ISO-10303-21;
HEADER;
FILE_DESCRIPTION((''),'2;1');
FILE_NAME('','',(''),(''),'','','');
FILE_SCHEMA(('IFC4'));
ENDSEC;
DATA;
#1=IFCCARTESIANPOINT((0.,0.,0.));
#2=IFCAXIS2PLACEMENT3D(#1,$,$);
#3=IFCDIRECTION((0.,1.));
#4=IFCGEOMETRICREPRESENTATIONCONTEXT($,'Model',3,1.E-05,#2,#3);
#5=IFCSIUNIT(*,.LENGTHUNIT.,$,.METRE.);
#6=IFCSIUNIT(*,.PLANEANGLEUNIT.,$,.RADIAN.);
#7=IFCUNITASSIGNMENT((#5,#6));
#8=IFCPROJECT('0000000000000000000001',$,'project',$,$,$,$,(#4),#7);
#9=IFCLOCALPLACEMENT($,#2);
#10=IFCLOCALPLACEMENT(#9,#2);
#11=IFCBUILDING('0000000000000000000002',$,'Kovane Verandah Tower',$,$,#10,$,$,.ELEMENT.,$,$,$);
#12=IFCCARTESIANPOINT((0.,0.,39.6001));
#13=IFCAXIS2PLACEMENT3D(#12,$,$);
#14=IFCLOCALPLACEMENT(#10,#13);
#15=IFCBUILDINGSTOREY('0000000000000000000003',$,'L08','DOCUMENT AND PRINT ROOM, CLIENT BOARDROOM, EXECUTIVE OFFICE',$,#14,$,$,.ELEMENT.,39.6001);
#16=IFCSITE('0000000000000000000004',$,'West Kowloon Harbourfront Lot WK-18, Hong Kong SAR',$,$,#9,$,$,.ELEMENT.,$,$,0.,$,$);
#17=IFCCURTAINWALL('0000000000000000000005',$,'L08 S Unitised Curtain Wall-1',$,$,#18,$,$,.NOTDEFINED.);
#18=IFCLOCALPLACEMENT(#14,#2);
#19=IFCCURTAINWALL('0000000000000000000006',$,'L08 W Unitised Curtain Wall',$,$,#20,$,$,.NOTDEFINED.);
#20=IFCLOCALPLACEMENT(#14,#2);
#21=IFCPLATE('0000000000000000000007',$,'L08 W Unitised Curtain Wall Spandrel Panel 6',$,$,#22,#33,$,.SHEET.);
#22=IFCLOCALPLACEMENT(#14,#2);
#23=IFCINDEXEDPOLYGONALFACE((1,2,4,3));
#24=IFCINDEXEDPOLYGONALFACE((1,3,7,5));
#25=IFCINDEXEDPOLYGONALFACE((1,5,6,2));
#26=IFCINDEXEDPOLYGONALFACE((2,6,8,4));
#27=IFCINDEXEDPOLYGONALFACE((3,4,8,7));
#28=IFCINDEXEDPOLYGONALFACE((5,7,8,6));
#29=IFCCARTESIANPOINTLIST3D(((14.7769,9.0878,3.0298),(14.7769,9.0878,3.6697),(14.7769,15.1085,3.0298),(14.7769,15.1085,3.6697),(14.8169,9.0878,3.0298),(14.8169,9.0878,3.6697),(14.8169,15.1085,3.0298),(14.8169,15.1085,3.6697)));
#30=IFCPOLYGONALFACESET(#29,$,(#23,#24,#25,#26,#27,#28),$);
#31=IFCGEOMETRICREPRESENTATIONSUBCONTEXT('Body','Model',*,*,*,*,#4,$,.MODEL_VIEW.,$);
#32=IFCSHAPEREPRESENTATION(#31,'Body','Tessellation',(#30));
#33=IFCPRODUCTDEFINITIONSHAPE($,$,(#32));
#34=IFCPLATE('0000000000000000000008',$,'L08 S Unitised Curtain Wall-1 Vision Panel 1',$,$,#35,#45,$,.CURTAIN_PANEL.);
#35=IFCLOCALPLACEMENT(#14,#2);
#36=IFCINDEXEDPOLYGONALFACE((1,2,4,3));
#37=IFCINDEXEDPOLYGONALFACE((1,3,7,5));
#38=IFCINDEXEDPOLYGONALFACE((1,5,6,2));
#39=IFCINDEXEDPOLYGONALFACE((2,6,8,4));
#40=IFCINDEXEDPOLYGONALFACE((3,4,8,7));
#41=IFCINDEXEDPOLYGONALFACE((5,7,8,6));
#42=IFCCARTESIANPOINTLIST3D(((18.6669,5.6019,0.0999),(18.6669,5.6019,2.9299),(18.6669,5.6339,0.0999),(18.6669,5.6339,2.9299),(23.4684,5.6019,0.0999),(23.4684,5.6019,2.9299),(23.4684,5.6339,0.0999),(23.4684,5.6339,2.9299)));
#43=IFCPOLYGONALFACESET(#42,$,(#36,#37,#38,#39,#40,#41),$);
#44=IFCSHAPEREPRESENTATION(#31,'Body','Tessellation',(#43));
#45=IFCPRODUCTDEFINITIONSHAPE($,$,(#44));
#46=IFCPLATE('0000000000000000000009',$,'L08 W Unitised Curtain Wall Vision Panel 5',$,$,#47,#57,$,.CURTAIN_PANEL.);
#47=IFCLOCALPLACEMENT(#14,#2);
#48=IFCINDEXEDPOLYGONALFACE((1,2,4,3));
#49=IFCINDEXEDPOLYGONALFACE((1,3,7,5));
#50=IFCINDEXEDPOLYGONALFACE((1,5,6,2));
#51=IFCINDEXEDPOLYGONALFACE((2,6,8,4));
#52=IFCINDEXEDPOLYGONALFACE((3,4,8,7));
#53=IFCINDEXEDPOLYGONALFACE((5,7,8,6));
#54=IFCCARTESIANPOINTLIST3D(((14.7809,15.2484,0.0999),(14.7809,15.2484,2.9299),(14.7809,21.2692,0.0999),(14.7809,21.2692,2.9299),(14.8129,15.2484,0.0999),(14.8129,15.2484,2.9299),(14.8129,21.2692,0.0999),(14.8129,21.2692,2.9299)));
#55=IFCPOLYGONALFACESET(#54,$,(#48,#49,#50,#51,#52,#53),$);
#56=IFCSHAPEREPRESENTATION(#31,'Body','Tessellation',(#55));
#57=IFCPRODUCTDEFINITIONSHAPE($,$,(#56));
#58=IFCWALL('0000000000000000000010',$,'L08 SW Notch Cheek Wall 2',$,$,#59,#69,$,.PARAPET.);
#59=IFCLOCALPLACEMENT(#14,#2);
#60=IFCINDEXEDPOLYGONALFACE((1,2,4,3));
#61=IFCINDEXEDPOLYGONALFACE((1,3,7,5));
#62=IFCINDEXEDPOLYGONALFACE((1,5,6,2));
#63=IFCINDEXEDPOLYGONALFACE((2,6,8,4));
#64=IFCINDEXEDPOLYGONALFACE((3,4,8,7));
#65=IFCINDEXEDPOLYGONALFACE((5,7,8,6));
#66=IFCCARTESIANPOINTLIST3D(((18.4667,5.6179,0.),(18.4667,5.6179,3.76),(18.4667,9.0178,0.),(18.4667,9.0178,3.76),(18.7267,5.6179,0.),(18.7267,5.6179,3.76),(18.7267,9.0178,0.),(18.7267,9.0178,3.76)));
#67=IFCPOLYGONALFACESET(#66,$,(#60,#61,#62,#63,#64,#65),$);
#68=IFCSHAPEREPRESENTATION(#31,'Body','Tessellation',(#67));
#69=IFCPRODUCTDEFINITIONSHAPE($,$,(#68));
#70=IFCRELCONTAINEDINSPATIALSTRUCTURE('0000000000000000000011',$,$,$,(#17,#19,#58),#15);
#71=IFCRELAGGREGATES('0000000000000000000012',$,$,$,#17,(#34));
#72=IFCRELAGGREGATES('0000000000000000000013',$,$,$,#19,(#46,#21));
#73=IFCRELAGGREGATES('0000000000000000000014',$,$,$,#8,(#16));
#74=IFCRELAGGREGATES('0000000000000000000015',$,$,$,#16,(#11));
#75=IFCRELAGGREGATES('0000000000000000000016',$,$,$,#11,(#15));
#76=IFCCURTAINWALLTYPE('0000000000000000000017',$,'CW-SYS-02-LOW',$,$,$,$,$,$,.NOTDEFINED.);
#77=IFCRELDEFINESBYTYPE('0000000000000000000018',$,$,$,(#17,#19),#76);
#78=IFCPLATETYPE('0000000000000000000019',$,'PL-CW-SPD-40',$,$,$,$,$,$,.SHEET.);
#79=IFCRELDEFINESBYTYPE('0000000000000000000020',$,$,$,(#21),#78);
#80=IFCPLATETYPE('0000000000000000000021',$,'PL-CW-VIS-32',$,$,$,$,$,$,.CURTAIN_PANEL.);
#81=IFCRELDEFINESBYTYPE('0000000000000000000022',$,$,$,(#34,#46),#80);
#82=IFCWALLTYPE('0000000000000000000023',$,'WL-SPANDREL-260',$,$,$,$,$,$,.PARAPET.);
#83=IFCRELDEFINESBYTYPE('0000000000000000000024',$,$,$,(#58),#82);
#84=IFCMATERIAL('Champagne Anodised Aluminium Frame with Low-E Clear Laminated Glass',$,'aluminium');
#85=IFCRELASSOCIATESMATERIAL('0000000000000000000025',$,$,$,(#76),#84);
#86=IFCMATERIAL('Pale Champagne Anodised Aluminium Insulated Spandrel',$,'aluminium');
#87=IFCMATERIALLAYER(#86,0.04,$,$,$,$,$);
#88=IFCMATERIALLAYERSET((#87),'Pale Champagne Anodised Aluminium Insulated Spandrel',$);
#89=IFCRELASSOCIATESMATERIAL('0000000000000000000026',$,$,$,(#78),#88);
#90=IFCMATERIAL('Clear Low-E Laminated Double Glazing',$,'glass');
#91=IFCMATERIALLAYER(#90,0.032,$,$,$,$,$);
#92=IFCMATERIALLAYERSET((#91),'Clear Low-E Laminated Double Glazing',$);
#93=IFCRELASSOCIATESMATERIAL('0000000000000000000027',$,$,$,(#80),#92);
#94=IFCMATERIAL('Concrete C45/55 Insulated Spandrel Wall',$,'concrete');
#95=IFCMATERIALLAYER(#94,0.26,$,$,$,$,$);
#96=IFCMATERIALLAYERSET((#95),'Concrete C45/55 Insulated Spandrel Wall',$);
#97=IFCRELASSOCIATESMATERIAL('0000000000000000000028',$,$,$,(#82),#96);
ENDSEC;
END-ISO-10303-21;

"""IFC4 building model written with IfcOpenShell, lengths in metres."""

from ifc_helpers import new_model, si_unit, direction, frame, frame_2d, origin, origin_2d, place, context, subcontext, project, spatial, rectangle, extrude, material, layer, layer_set, type_object, element, aggregate, save


model = new_model("IFC4")

# Units and contexts
model_context = context("Model", 3, precision=1e-05, world=origin(), true_north=direction((0.0, 1.0)))
body_context = subcontext(model_context, "Body", "Model", "MODEL_VIEW")
ifc_project = project(units=[si_unit("LENGTHUNIT", "METRE"), si_unit("PLANEANGLEUNIT", "RADIAN")], contexts=[model_context])

# Site, building, storey
site_placement = place(None, origin())
site = spatial("IfcSite", under=ifc_project, at=site_placement, Name="West Kowloon Harbourfront Lot WK-18, Hong Kong SAR", CompositionType="ELEMENT", RefElevation=0.0)
building_placement = place(site_placement, origin())
building = spatial("IfcBuilding", under=site, at=building_placement, Name="Kovane Verandah Tower", CompositionType="ELEMENT")
storey_placement = place(building_placement, frame((0.0, 0.0, 39.6001)))
storey = spatial("IfcBuildingStorey", under=building, at=storey_placement, Name="L08", Description="DOCUMENT AND PRINT ROOM, CLIENT BOARDROOM, EXECUTIVE OFFICE", CompositionType="ELEMENT", Elevation=39.6001)

# Curtain wall
ifc_material_1 = material(Name="Champagne Anodised Aluminium Frame with Low-E Clear Laminated Glass", Category="aluminium")
curtain_wall_type = type_object("IfcCurtainWallType", Name="CW-SYS-02-LOW", PredefinedType="NOTDEFINED", material=ifc_material_1)
curtain_wall_1_placement = place(storey_placement, origin())
curtain_wall_1 = element("IfcCurtainWall", 1, at=curtain_wall_1_placement, inside=storey, type_object=curtain_wall_type, Name="L08 S Unitised Curtain Wall-1", PredefinedType="NOTDEFINED")

# Curtain wall
curtain_wall_2_placement = place(storey_placement, origin())
curtain_wall_2 = element("IfcCurtainWall", 2, at=curtain_wall_2_placement, inside=storey, type_object=curtain_wall_type, Name="L08 W Unitised Curtain Wall", PredefinedType="NOTDEFINED")

# Plates
ifc_material_2 = material(Name="Pale Champagne Anodised Aluminium Insulated Spandrel", Category="aluminium")
ifc_layer_1 = layer(ifc_material_2, 0.04)
ifc_layer_set_1 = layer_set([ifc_layer_1], Name="Pale Champagne Anodised Aluminium Insulated Spandrel")
plate_type_1 = type_object("IfcPlateType", Name="PL-CW-SPD-40", PredefinedType="SHEET", material=ifc_layer_set_1)
plate_1_placement = place(storey_placement, frame((14.7969, 12.0981, 3.0298), z_axis=(0.0, 0.0, 1.0), x_axis=(0.0, -1.0, 0.0)))
plate_1 = element("IfcPlate", 3, at=plate_1_placement, type_object=plate_type_1, Name="L08 W Unitised Curtain Wall Spandrel Panel 6", PredefinedType="SHEET", context=body_context, shape_type="SweptSolid", body=[
    extrude(rectangle(XDim=6.0208, YDim=0.04, at=origin_2d()), origin(), (0.0, 0.0, 1.0), 0.6399),
])
ifc_material_3 = material(Name="Clear Low-E Laminated Double Glazing", Category="glass")
ifc_layer_2 = layer(ifc_material_3, 0.032)
ifc_layer_set_2 = layer_set([ifc_layer_2], Name="Clear Low-E Laminated Double Glazing")
plate_type_2 = type_object("IfcPlateType", Name="PL-CW-VIS-32", PredefinedType="CURTAIN_PANEL", material=ifc_layer_set_2)
plate_2_placement = place(storey_placement, frame((21.0676, 5.6179, 0.0999), z_axis=(0.0, 0.0, 1.0), x_axis=(1.0, 0.0, 0.0)))
plate_2 = element("IfcPlate", 4, at=plate_2_placement, type_object=plate_type_2, Name="L08 S Unitised Curtain Wall-1 Vision Panel 1", PredefinedType="CURTAIN_PANEL", context=body_context, shape_type="SweptSolid", body=[
    extrude(rectangle(XDim=4.8015, YDim=0.032, at=origin_2d()), origin(), (0.0, 0.0, 1.0), 2.8301),
])
aggregate(curtain_wall_1, [plate_2])
plate_3_placement = place(storey_placement, frame((14.7969, 18.2588, 0.0999), z_axis=(0.0, 0.0, 1.0), x_axis=(0.0, -1.0, 0.0)))
plate_3 = element("IfcPlate", 5, at=plate_3_placement, type_object=plate_type_2, Name="L08 W Unitised Curtain Wall Vision Panel 5", PredefinedType="CURTAIN_PANEL", context=body_context, shape_type="SweptSolid", body=[
    extrude(rectangle(XDim=6.0208, YDim=0.032, at=origin_2d()), origin(), (0.0, 0.0, 1.0), 2.8301),
])
aggregate(curtain_wall_2, [plate_3, plate_1])

# Wall
ifc_material_4 = material(Name="Concrete C45/55 Insulated Spandrel Wall", Category="concrete")
ifc_layer_3 = layer(ifc_material_4, 0.26)
ifc_layer_set_3 = layer_set([ifc_layer_3], Name="Concrete C45/55 Insulated Spandrel Wall")
wall_type = type_object("IfcWallType", Name="WL-SPANDREL-260", PredefinedType="PARAPET", material=ifc_layer_set_3)
wall_placement = place(storey_placement, frame((18.5967, 9.0178, 0.0), z_axis=(0.0, 0.0, 1.0), x_axis=(0.0, -1.0, 0.0)))
element("IfcWall", 6, at=wall_placement, inside=storey, type_object=wall_type, Name="L08 SW Notch Cheek Wall 2", PredefinedType="PARAPET", context=body_context, shape_type="SweptSolid", body=[
    extrude(rectangle(XDim=3.3999, YDim=0.26, at=frame_2d((1.7, 0.0))), origin(), (0.0, 0.0, 1.0), 3.76),
])

save(model, "model.ifc")
